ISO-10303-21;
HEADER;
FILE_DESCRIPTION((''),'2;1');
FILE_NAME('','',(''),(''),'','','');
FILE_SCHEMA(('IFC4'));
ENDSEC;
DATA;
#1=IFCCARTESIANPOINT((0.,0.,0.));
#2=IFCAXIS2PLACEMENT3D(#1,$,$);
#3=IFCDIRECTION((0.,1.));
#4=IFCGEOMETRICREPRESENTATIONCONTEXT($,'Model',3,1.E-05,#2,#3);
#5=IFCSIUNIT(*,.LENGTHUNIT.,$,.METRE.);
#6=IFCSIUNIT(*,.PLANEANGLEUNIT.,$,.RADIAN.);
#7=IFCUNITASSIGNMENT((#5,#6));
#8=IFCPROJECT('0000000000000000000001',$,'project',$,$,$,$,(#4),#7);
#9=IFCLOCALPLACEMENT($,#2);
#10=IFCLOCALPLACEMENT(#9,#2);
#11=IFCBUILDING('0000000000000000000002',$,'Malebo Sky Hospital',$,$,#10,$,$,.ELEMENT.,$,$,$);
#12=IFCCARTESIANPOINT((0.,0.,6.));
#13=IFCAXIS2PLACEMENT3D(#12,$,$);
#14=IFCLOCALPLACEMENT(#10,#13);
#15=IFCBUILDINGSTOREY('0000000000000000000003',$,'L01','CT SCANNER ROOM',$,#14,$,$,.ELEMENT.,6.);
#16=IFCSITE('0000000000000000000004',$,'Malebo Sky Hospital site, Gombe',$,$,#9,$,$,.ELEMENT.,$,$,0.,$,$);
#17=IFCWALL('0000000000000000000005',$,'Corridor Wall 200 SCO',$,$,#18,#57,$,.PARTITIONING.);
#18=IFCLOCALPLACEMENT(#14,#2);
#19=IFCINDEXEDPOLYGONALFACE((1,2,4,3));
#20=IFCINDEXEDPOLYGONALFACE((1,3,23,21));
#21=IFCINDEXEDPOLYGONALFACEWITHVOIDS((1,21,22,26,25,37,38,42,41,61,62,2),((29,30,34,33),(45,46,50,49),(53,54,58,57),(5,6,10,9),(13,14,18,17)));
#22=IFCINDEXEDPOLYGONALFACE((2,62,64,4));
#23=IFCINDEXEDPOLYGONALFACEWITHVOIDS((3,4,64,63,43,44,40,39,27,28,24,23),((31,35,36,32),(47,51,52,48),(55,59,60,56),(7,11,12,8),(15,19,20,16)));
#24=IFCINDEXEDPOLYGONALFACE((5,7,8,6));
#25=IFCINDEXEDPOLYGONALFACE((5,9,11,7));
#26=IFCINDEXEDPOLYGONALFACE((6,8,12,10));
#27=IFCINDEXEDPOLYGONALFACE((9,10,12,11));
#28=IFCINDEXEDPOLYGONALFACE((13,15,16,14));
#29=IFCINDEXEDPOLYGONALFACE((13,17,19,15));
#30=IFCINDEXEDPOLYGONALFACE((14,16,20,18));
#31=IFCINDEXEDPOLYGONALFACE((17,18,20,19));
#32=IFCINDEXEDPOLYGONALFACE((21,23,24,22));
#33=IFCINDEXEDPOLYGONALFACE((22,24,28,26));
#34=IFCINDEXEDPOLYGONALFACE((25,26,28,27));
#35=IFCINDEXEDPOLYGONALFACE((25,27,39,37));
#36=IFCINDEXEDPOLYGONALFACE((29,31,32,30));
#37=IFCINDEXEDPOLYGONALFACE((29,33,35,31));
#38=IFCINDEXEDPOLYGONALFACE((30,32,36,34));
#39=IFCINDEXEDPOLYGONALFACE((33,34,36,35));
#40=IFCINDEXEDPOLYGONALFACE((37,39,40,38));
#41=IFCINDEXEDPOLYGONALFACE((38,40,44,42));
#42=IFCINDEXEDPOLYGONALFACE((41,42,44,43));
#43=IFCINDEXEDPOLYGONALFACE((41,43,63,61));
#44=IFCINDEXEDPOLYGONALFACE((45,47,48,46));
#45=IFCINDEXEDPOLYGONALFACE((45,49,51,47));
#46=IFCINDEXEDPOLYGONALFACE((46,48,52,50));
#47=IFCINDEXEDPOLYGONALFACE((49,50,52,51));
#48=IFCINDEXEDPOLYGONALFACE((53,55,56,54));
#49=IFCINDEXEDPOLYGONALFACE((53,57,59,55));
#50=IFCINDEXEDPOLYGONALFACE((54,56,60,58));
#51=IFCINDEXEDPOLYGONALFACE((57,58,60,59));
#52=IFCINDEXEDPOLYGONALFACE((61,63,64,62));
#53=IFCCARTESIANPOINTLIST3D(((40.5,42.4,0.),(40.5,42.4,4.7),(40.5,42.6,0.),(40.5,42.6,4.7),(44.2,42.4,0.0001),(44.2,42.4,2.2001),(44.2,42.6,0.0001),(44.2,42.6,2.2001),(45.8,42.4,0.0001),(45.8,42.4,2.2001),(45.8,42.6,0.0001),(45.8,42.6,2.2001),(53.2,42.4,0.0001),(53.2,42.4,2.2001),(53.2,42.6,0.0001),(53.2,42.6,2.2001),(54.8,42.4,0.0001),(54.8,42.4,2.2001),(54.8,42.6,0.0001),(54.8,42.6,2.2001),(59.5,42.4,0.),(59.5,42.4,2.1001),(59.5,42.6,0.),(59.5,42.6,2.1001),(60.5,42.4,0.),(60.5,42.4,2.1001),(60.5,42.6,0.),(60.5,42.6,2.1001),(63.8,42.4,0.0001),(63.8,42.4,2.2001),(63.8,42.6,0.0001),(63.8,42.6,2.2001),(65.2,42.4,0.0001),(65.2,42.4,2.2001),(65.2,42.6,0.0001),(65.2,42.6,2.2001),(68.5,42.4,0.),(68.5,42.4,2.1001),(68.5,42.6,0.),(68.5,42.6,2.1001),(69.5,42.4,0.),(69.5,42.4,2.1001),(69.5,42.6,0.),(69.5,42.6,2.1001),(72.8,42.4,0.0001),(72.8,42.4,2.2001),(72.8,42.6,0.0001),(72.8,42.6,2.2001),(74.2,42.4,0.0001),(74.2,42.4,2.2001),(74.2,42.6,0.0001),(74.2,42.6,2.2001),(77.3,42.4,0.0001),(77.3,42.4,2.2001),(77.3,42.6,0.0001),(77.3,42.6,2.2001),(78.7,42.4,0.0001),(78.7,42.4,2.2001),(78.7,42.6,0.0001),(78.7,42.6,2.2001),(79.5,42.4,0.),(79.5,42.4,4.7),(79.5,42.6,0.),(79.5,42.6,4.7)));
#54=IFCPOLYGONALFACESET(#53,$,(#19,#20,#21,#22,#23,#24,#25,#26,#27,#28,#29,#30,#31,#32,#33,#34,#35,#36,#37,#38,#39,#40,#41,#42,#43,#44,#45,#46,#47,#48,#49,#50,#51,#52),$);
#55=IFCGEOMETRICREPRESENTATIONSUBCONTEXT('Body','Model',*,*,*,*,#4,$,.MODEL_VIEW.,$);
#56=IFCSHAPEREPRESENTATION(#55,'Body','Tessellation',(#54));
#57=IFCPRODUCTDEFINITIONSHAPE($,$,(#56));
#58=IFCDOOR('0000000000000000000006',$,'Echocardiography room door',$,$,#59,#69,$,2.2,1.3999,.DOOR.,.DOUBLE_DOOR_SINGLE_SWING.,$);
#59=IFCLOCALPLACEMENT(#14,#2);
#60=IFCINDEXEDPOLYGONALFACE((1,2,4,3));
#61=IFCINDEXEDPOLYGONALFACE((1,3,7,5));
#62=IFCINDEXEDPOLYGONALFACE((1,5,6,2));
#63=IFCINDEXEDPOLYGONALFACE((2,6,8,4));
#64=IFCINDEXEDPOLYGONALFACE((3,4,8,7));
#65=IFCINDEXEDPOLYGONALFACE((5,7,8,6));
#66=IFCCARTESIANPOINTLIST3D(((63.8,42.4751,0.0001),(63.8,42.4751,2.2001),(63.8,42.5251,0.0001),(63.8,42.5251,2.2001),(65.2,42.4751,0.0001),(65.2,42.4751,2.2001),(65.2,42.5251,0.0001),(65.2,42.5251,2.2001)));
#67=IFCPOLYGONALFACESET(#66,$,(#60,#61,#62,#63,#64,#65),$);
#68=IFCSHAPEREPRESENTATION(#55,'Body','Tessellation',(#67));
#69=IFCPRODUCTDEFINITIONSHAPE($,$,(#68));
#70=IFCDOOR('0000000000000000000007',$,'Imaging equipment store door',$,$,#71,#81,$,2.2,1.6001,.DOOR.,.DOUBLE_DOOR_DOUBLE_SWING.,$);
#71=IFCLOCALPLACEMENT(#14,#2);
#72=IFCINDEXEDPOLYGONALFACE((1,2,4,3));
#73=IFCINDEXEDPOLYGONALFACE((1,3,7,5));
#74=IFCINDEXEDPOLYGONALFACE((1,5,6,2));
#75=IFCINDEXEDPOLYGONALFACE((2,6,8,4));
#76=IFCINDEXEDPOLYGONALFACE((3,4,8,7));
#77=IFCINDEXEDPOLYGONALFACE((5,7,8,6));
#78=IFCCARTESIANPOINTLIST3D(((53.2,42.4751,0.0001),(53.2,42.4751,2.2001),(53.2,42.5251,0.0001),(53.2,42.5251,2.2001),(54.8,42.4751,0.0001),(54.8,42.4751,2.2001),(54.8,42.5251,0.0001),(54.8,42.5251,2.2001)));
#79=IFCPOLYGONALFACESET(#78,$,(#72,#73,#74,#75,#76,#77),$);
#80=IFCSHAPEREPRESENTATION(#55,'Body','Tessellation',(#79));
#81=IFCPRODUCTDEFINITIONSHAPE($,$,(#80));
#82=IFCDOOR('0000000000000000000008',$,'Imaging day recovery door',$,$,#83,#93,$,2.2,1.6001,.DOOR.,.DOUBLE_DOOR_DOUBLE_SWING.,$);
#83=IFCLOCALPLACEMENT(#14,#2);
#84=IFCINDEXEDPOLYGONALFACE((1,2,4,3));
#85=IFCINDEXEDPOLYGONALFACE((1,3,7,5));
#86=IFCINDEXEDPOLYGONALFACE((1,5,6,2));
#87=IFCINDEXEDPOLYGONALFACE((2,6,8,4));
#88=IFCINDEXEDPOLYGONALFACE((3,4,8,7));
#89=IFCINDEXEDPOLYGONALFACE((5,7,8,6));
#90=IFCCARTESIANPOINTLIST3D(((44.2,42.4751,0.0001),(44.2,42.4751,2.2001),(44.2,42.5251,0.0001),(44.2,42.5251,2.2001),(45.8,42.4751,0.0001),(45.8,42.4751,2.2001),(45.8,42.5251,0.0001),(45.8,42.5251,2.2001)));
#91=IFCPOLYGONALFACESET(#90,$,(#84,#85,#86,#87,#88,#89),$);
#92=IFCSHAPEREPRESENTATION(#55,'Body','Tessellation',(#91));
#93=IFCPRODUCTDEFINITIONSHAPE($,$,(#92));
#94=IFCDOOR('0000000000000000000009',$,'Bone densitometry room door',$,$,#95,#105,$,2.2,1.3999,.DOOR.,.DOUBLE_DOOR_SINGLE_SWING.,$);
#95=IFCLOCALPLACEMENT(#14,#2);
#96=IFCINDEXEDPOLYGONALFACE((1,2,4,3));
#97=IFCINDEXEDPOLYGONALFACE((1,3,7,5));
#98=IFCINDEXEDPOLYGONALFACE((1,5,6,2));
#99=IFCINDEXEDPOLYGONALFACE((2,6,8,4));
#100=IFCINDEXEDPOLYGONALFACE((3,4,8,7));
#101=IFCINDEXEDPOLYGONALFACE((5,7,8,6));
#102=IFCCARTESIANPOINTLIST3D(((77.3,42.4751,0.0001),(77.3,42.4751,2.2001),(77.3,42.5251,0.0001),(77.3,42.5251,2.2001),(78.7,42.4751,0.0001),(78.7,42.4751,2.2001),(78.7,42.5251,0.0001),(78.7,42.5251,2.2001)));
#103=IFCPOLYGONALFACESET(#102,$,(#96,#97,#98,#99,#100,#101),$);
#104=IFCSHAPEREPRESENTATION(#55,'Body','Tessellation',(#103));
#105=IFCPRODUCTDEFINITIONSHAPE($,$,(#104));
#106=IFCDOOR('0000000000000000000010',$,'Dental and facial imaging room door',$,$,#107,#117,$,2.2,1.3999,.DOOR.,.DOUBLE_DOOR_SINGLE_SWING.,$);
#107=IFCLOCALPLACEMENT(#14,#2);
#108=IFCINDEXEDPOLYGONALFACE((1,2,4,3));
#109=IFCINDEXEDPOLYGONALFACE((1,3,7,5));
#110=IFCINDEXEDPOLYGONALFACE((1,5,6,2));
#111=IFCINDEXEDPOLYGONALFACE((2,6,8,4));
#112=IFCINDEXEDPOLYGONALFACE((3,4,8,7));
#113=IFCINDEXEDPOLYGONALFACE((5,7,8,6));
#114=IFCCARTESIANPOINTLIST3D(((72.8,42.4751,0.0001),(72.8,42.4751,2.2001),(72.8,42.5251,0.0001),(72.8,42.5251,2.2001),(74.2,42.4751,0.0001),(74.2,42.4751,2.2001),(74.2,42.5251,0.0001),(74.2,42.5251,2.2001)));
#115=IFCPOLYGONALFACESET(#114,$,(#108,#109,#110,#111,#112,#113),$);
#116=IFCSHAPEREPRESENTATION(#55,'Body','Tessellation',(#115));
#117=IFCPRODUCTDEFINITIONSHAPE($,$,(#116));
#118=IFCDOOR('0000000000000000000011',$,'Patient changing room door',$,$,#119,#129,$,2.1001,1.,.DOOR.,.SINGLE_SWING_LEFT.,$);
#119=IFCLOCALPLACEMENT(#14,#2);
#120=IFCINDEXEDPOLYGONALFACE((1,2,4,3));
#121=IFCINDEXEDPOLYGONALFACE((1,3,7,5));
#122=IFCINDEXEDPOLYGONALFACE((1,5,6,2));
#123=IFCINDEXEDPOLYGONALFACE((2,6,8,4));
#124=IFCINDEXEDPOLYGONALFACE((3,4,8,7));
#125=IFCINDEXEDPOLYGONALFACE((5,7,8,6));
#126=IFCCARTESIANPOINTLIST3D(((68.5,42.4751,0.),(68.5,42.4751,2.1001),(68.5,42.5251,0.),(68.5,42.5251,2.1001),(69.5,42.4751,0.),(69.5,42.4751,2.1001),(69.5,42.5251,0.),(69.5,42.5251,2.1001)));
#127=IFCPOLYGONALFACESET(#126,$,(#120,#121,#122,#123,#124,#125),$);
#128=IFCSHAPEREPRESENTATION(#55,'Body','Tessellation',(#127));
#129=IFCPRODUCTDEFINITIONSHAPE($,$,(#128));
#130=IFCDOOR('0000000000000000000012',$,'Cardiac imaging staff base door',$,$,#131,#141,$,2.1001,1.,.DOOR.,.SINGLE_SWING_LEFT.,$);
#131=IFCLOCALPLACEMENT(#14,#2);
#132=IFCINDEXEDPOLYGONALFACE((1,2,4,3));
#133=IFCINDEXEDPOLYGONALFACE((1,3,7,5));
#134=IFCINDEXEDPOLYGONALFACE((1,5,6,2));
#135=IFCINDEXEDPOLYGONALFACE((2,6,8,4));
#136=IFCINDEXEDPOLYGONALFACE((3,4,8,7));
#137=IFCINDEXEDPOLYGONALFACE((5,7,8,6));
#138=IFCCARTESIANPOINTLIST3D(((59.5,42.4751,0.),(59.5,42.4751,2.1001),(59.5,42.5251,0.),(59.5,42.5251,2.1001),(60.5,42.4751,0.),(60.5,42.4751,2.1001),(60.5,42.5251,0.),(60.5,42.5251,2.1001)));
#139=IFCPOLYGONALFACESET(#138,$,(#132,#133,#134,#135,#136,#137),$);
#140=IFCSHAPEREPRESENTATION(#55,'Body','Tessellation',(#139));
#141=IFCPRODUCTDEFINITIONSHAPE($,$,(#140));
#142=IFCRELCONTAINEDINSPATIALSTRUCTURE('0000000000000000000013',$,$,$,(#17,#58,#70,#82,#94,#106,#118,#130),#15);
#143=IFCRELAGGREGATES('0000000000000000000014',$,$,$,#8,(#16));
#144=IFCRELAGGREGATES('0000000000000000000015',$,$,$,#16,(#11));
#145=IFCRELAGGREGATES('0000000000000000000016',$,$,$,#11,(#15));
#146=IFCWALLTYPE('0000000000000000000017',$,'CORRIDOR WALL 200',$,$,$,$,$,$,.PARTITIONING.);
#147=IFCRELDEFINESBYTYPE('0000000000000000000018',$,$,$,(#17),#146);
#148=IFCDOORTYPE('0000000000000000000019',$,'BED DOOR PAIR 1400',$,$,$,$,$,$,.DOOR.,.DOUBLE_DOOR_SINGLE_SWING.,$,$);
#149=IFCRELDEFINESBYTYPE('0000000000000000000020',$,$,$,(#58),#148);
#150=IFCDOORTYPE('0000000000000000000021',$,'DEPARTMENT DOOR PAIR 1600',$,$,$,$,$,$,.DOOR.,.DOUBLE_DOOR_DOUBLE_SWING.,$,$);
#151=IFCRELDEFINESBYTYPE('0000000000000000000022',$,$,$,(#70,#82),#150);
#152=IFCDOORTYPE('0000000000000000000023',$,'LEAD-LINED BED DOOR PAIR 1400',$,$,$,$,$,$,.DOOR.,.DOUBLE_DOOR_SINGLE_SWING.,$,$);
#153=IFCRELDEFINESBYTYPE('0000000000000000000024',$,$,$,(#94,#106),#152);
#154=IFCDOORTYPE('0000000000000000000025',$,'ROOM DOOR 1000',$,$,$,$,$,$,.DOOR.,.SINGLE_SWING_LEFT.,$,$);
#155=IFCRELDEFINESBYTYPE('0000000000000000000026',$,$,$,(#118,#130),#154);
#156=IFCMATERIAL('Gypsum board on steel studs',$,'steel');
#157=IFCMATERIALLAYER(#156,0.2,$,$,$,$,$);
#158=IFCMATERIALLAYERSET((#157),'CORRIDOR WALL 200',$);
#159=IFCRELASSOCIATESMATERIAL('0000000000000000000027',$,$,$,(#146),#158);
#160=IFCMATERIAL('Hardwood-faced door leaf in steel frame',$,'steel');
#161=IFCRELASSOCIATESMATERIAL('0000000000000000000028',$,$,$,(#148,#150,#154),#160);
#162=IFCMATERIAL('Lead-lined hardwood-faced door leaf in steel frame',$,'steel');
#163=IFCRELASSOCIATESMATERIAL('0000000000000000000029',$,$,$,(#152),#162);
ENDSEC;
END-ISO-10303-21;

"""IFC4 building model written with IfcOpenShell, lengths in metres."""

from ifc_helpers import new_model, si_unit, direction, frame, frame_2d, origin, place, context, subcontext, project, spatial, rectangle, extrude, material, layer, layer_set, type_object, element, fill, save


model = new_model("IFC4")

# Units and contexts
model_context = context("Model", 3, precision=1e-05, world=origin(), true_north=direction((0.0, 1.0)))
body_context = subcontext(model_context, "Body", "Model", "MODEL_VIEW")
ifc_project = project(units=[si_unit("LENGTHUNIT", "METRE"), si_unit("PLANEANGLEUNIT", "RADIAN")], contexts=[model_context])

# Site, building, storey
site_placement = place(None, origin())
site = spatial("IfcSite", under=ifc_project, at=site_placement, Name="Malebo Sky Hospital site, Gombe", CompositionType="ELEMENT", RefElevation=0.0)
building_placement = place(site_placement, origin())
building = spatial("IfcBuilding", under=site, at=building_placement, Name="Malebo Sky Hospital", CompositionType="ELEMENT")
storey_placement = place(building_placement, frame((0.0, 0.0, 6.0)))
storey = spatial("IfcBuildingStorey", under=building, at=storey_placement, Name="L01", Description="CT SCANNER ROOM", CompositionType="ELEMENT", Elevation=6.0)

# Wall, openings, doors
ifc_material_1 = material(Name="Gypsum board on steel studs", Category="steel")
ifc_layer_1 = layer(ifc_material_1, 0.2)
ifc_layer_set_1 = layer_set([ifc_layer_1], Name="CORRIDOR WALL 200")
wall_type_1 = type_object("IfcWallType", Name="CORRIDOR WALL 200", PredefinedType="PARTITIONING", material=ifc_layer_set_1)
wall_1_placement = place(storey_placement, frame((79.5, 42.5, 0.0), z_axis=(0.0, 0.0, 1.0), x_axis=(-1.0, 0.0, 0.0)))
wall_1 = element("IfcWall", 1, at=wall_1_placement, inside=storey, type_object=wall_type_1, Name="Corridor Wall 200 SCO", PredefinedType="PARTITIONING", context=body_context, shape_type="SweptSolid", body=[
    extrude(rectangle(XDim=39.0, YDim=0.2, at=frame_2d((19.5, 0.0))), origin(), (0.0, 0.0, 1.0), 4.7),
])
opening_1_placement = place(wall_1_placement, frame((0.8, 0.0, 0.0)))
opening_1 = element("IfcOpeningElement", 2, at=opening_1_placement, cuts=wall_1, PredefinedType="OPENING", context=body_context, shape_type="SweptSolid", body=[
    extrude(rectangle(XDim=1.3999, YDim=2.2, at=frame_2d((0.7, 1.1001))), frame((0.0, 0.1099, 0.0), z_axis=(0.0, -1.0, 0.0), x_axis=(1.0, 0.0, 0.0)), (0.0, 0.0, 1.0), 0.22),
])
opening_2_placement = place(wall_1_placement, frame((5.3, 0.0, 0.0)))
opening_2 = element("IfcOpeningElement", 3, at=opening_2_placement, cuts=wall_1, PredefinedType="OPENING", context=body_context, shape_type="SweptSolid", body=[
    extrude(rectangle(XDim=1.3999, YDim=2.2, at=frame_2d((0.7, 1.1001))), frame((0.0, 0.1099, 0.0), z_axis=(0.0, -1.0, 0.0), x_axis=(1.0, 0.0, 0.0)), (0.0, 0.0, 1.0), 0.22),
])
opening_3_placement = place(wall_1_placement, frame((10.0, 0.0, 0.0)))
opening_3 = element("IfcOpeningElement", 4, at=opening_3_placement, cuts=wall_1, PredefinedType="OPENING", context=body_context, shape_type="SweptSolid", body=[
    extrude(rectangle(XDim=1.0, YDim=2.1001, at=frame_2d((0.5, 1.05))), frame((0.0, 0.1099, 0.0), z_axis=(0.0, -1.0, 0.0), x_axis=(1.0, 0.0, 0.0)), (0.0, 0.0, 1.0), 0.22),
])
opening_4_placement = place(wall_1_placement, frame((14.3, 0.0, 0.0)))
opening_4 = element("IfcOpeningElement", 5, at=opening_4_placement, cuts=wall_1, PredefinedType="OPENING", context=body_context, shape_type="SweptSolid", body=[
    extrude(rectangle(XDim=1.3999, YDim=2.2, at=frame_2d((0.7, 1.1001))), frame((0.0, 0.1099, 0.0), z_axis=(0.0, -1.0, 0.0), x_axis=(1.0, 0.0, 0.0)), (0.0, 0.0, 1.0), 0.22),
])
opening_5_placement = place(wall_1_placement, frame((19.0, 0.0, 0.0)))
opening_5 = element("IfcOpeningElement", 6, at=opening_5_placement, cuts=wall_1, PredefinedType="OPENING", context=body_context, shape_type="SweptSolid", body=[
    extrude(rectangle(XDim=1.0, YDim=2.1001, at=frame_2d((0.5, 1.05))), frame((0.0, 0.1099, 0.0), z_axis=(0.0, -1.0, 0.0), x_axis=(1.0, 0.0, 0.0)), (0.0, 0.0, 1.0), 0.22),
])
opening_6_placement = place(wall_1_placement, frame((24.7, 0.0, 0.0)))
opening_6 = element("IfcOpeningElement", 7, at=opening_6_placement, cuts=wall_1, PredefinedType="OPENING", context=body_context, shape_type="SweptSolid", body=[
    extrude(rectangle(XDim=1.6001, YDim=2.2, at=frame_2d((0.8, 1.1001))), frame((0.0, 0.1099, 0.0), z_axis=(0.0, -1.0, 0.0), x_axis=(1.0, 0.0, 0.0)), (0.0, 0.0, 1.0), 0.22),
])
opening_7_placement = place(wall_1_placement, frame((33.7, 0.0, 0.0)))
opening_7 = element("IfcOpeningElement", 8, at=opening_7_placement, cuts=wall_1, PredefinedType="OPENING", context=body_context, shape_type="SweptSolid", body=[
    extrude(rectangle(XDim=1.6001, YDim=2.2, at=frame_2d((0.8, 1.1001))), frame((0.0, 0.1099, 0.0), z_axis=(0.0, -1.0, 0.0), x_axis=(1.0, 0.0, 0.0)), (0.0, 0.0, 1.0), 0.22),
])
ifc_material_2 = material(Name="Hardwood-faced door leaf in steel frame", Category="steel")
door_type_1 = type_object("IfcDoorType", Name="BED DOOR PAIR 1400", OperationType="DOUBLE_DOOR_SINGLE_SWING", PredefinedType="DOOR", material=ifc_material_2)
door_1_placement = place(opening_4_placement, origin())
door_1 = element("IfcDoor", 9, at=door_1_placement, inside=storey, type_object=door_type_1, Name="Echocardiography room door", OperationType="DOUBLE_DOOR_SINGLE_SWING", OverallHeight=2.2, OverallWidth=1.3999, PredefinedType="DOOR", context=body_context, shape_type="SweptSolid", body=[
    extrude(rectangle(XDim=1.3999, YDim=2.2, at=frame_2d((0.7, 1.1001))), frame((0.0, 0.0249, 0.0), z_axis=(0.0, -1.0, 0.0), x_axis=(1.0, 0.0, 0.0)), (0.0, 0.0, 1.0), 0.05),
])
fill(opening_4, door_1)
door_type_2 = type_object("IfcDoorType", Name="DEPARTMENT DOOR PAIR 1600", OperationType="DOUBLE_DOOR_DOUBLE_SWING", PredefinedType="DOOR", material=ifc_material_2)
door_2_placement = place(opening_6_placement, origin())
door_2 = element("IfcDoor", 10, at=door_2_placement, inside=storey, type_object=door_type_2, Name="Imaging equipment store door", OperationType="DOUBLE_DOOR_DOUBLE_SWING", OverallHeight=2.2, OverallWidth=1.6001, PredefinedType="DOOR", context=body_context, shape_type="SweptSolid", body=[
    extrude(rectangle(XDim=1.6001, YDim=2.2, at=frame_2d((0.8, 1.1001))), frame((0.0, 0.0249, 0.0), z_axis=(0.0, -1.0, 0.0), x_axis=(1.0, 0.0, 0.0)), (0.0, 0.0, 1.0), 0.05),
])
fill(opening_6, door_2)
door_3_placement = place(opening_7_placement, origin())
door_3 = element("IfcDoor", 11, at=door_3_placement, inside=storey, type_object=door_type_2, Name="Imaging day recovery door", OperationType="DOUBLE_DOOR_DOUBLE_SWING", OverallHeight=2.2, OverallWidth=1.6001, PredefinedType="DOOR", context=body_context, shape_type="SweptSolid", body=[
    extrude(rectangle(XDim=1.6001, YDim=2.2, at=frame_2d((0.8, 1.1001))), frame((0.0, 0.0249, 0.0), z_axis=(0.0, -1.0, 0.0), x_axis=(1.0, 0.0, 0.0)), (0.0, 0.0, 1.0), 0.05),
])
fill(opening_7, door_3)
ifc_material_3 = material(Name="Lead-lined hardwood-faced door leaf in steel frame", Category="steel")
door_type_3 = type_object("IfcDoorType", Name="LEAD-LINED BED DOOR PAIR 1400", OperationType="DOUBLE_DOOR_SINGLE_SWING", PredefinedType="DOOR", material=ifc_material_3)
door_4_placement = place(opening_1_placement, origin())
door_4 = element("IfcDoor", 12, at=door_4_placement, inside=storey, type_object=door_type_3, Name="Bone densitometry room door", OperationType="DOUBLE_DOOR_SINGLE_SWING", OverallHeight=2.2, OverallWidth=1.3999, PredefinedType="DOOR", context=body_context, shape_type="SweptSolid", body=[
    extrude(rectangle(XDim=1.3999, YDim=2.2, at=frame_2d((0.7, 1.1001))), frame((0.0, 0.0249, 0.0), z_axis=(0.0, -1.0, 0.0), x_axis=(1.0, 0.0, 0.0)), (0.0, 0.0, 1.0), 0.05),
])
fill(opening_1, door_4)
door_5_placement = place(opening_2_placement, origin())
door_5 = element("IfcDoor", 13, at=door_5_placement, inside=storey, type_object=door_type_3, Name="Dental and facial imaging room door", OperationType="DOUBLE_DOOR_SINGLE_SWING", OverallHeight=2.2, OverallWidth=1.3999, PredefinedType="DOOR", context=body_context, shape_type="SweptSolid", body=[
    extrude(rectangle(XDim=1.3999, YDim=2.2, at=frame_2d((0.7, 1.1001))), frame((0.0, 0.0249, 0.0), z_axis=(0.0, -1.0, 0.0), x_axis=(1.0, 0.0, 0.0)), (0.0, 0.0, 1.0), 0.05),
])
fill(opening_2, door_5)
door_type_4 = type_object("IfcDoorType", Name="ROOM DOOR 1000", OperationType="SINGLE_SWING_LEFT", PredefinedType="DOOR", material=ifc_material_2)
door_6_placement = place(opening_3_placement, origin())
door_6 = element("IfcDoor", 14, at=door_6_placement, inside=storey, type_object=door_type_4, Name="Patient changing room door", OperationType="SINGLE_SWING_LEFT", OverallHeight=2.1001, OverallWidth=1.0, PredefinedType="DOOR", context=body_context, shape_type="SweptSolid", body=[
    extrude(rectangle(XDim=1.0, YDim=2.1001, at=frame_2d((0.5, 1.05))), frame((0.0, 0.0249, 0.0), z_axis=(0.0, -1.0, 0.0), x_axis=(1.0, 0.0, 0.0)), (0.0, 0.0, 1.0), 0.05),
])
fill(opening_3, door_6)
door_7_placement = place(opening_5_placement, origin())
door_7 = element("IfcDoor", 15, at=door_7_placement, inside=storey, type_object=door_type_4, Name="Cardiac imaging staff base door", OperationType="SINGLE_SWING_LEFT", OverallHeight=2.1001, OverallWidth=1.0, PredefinedType="DOOR", context=body_context, shape_type="SweptSolid", body=[
    extrude(rectangle(XDim=1.0, YDim=2.1001, at=frame_2d((0.5, 1.05))), frame((0.0, 0.0249, 0.0), z_axis=(0.0, -1.0, 0.0), x_axis=(1.0, 0.0, 0.0)), (0.0, 0.0, 1.0), 0.05),
])
fill(opening_5, door_7)

save(model, "model.ifc")
